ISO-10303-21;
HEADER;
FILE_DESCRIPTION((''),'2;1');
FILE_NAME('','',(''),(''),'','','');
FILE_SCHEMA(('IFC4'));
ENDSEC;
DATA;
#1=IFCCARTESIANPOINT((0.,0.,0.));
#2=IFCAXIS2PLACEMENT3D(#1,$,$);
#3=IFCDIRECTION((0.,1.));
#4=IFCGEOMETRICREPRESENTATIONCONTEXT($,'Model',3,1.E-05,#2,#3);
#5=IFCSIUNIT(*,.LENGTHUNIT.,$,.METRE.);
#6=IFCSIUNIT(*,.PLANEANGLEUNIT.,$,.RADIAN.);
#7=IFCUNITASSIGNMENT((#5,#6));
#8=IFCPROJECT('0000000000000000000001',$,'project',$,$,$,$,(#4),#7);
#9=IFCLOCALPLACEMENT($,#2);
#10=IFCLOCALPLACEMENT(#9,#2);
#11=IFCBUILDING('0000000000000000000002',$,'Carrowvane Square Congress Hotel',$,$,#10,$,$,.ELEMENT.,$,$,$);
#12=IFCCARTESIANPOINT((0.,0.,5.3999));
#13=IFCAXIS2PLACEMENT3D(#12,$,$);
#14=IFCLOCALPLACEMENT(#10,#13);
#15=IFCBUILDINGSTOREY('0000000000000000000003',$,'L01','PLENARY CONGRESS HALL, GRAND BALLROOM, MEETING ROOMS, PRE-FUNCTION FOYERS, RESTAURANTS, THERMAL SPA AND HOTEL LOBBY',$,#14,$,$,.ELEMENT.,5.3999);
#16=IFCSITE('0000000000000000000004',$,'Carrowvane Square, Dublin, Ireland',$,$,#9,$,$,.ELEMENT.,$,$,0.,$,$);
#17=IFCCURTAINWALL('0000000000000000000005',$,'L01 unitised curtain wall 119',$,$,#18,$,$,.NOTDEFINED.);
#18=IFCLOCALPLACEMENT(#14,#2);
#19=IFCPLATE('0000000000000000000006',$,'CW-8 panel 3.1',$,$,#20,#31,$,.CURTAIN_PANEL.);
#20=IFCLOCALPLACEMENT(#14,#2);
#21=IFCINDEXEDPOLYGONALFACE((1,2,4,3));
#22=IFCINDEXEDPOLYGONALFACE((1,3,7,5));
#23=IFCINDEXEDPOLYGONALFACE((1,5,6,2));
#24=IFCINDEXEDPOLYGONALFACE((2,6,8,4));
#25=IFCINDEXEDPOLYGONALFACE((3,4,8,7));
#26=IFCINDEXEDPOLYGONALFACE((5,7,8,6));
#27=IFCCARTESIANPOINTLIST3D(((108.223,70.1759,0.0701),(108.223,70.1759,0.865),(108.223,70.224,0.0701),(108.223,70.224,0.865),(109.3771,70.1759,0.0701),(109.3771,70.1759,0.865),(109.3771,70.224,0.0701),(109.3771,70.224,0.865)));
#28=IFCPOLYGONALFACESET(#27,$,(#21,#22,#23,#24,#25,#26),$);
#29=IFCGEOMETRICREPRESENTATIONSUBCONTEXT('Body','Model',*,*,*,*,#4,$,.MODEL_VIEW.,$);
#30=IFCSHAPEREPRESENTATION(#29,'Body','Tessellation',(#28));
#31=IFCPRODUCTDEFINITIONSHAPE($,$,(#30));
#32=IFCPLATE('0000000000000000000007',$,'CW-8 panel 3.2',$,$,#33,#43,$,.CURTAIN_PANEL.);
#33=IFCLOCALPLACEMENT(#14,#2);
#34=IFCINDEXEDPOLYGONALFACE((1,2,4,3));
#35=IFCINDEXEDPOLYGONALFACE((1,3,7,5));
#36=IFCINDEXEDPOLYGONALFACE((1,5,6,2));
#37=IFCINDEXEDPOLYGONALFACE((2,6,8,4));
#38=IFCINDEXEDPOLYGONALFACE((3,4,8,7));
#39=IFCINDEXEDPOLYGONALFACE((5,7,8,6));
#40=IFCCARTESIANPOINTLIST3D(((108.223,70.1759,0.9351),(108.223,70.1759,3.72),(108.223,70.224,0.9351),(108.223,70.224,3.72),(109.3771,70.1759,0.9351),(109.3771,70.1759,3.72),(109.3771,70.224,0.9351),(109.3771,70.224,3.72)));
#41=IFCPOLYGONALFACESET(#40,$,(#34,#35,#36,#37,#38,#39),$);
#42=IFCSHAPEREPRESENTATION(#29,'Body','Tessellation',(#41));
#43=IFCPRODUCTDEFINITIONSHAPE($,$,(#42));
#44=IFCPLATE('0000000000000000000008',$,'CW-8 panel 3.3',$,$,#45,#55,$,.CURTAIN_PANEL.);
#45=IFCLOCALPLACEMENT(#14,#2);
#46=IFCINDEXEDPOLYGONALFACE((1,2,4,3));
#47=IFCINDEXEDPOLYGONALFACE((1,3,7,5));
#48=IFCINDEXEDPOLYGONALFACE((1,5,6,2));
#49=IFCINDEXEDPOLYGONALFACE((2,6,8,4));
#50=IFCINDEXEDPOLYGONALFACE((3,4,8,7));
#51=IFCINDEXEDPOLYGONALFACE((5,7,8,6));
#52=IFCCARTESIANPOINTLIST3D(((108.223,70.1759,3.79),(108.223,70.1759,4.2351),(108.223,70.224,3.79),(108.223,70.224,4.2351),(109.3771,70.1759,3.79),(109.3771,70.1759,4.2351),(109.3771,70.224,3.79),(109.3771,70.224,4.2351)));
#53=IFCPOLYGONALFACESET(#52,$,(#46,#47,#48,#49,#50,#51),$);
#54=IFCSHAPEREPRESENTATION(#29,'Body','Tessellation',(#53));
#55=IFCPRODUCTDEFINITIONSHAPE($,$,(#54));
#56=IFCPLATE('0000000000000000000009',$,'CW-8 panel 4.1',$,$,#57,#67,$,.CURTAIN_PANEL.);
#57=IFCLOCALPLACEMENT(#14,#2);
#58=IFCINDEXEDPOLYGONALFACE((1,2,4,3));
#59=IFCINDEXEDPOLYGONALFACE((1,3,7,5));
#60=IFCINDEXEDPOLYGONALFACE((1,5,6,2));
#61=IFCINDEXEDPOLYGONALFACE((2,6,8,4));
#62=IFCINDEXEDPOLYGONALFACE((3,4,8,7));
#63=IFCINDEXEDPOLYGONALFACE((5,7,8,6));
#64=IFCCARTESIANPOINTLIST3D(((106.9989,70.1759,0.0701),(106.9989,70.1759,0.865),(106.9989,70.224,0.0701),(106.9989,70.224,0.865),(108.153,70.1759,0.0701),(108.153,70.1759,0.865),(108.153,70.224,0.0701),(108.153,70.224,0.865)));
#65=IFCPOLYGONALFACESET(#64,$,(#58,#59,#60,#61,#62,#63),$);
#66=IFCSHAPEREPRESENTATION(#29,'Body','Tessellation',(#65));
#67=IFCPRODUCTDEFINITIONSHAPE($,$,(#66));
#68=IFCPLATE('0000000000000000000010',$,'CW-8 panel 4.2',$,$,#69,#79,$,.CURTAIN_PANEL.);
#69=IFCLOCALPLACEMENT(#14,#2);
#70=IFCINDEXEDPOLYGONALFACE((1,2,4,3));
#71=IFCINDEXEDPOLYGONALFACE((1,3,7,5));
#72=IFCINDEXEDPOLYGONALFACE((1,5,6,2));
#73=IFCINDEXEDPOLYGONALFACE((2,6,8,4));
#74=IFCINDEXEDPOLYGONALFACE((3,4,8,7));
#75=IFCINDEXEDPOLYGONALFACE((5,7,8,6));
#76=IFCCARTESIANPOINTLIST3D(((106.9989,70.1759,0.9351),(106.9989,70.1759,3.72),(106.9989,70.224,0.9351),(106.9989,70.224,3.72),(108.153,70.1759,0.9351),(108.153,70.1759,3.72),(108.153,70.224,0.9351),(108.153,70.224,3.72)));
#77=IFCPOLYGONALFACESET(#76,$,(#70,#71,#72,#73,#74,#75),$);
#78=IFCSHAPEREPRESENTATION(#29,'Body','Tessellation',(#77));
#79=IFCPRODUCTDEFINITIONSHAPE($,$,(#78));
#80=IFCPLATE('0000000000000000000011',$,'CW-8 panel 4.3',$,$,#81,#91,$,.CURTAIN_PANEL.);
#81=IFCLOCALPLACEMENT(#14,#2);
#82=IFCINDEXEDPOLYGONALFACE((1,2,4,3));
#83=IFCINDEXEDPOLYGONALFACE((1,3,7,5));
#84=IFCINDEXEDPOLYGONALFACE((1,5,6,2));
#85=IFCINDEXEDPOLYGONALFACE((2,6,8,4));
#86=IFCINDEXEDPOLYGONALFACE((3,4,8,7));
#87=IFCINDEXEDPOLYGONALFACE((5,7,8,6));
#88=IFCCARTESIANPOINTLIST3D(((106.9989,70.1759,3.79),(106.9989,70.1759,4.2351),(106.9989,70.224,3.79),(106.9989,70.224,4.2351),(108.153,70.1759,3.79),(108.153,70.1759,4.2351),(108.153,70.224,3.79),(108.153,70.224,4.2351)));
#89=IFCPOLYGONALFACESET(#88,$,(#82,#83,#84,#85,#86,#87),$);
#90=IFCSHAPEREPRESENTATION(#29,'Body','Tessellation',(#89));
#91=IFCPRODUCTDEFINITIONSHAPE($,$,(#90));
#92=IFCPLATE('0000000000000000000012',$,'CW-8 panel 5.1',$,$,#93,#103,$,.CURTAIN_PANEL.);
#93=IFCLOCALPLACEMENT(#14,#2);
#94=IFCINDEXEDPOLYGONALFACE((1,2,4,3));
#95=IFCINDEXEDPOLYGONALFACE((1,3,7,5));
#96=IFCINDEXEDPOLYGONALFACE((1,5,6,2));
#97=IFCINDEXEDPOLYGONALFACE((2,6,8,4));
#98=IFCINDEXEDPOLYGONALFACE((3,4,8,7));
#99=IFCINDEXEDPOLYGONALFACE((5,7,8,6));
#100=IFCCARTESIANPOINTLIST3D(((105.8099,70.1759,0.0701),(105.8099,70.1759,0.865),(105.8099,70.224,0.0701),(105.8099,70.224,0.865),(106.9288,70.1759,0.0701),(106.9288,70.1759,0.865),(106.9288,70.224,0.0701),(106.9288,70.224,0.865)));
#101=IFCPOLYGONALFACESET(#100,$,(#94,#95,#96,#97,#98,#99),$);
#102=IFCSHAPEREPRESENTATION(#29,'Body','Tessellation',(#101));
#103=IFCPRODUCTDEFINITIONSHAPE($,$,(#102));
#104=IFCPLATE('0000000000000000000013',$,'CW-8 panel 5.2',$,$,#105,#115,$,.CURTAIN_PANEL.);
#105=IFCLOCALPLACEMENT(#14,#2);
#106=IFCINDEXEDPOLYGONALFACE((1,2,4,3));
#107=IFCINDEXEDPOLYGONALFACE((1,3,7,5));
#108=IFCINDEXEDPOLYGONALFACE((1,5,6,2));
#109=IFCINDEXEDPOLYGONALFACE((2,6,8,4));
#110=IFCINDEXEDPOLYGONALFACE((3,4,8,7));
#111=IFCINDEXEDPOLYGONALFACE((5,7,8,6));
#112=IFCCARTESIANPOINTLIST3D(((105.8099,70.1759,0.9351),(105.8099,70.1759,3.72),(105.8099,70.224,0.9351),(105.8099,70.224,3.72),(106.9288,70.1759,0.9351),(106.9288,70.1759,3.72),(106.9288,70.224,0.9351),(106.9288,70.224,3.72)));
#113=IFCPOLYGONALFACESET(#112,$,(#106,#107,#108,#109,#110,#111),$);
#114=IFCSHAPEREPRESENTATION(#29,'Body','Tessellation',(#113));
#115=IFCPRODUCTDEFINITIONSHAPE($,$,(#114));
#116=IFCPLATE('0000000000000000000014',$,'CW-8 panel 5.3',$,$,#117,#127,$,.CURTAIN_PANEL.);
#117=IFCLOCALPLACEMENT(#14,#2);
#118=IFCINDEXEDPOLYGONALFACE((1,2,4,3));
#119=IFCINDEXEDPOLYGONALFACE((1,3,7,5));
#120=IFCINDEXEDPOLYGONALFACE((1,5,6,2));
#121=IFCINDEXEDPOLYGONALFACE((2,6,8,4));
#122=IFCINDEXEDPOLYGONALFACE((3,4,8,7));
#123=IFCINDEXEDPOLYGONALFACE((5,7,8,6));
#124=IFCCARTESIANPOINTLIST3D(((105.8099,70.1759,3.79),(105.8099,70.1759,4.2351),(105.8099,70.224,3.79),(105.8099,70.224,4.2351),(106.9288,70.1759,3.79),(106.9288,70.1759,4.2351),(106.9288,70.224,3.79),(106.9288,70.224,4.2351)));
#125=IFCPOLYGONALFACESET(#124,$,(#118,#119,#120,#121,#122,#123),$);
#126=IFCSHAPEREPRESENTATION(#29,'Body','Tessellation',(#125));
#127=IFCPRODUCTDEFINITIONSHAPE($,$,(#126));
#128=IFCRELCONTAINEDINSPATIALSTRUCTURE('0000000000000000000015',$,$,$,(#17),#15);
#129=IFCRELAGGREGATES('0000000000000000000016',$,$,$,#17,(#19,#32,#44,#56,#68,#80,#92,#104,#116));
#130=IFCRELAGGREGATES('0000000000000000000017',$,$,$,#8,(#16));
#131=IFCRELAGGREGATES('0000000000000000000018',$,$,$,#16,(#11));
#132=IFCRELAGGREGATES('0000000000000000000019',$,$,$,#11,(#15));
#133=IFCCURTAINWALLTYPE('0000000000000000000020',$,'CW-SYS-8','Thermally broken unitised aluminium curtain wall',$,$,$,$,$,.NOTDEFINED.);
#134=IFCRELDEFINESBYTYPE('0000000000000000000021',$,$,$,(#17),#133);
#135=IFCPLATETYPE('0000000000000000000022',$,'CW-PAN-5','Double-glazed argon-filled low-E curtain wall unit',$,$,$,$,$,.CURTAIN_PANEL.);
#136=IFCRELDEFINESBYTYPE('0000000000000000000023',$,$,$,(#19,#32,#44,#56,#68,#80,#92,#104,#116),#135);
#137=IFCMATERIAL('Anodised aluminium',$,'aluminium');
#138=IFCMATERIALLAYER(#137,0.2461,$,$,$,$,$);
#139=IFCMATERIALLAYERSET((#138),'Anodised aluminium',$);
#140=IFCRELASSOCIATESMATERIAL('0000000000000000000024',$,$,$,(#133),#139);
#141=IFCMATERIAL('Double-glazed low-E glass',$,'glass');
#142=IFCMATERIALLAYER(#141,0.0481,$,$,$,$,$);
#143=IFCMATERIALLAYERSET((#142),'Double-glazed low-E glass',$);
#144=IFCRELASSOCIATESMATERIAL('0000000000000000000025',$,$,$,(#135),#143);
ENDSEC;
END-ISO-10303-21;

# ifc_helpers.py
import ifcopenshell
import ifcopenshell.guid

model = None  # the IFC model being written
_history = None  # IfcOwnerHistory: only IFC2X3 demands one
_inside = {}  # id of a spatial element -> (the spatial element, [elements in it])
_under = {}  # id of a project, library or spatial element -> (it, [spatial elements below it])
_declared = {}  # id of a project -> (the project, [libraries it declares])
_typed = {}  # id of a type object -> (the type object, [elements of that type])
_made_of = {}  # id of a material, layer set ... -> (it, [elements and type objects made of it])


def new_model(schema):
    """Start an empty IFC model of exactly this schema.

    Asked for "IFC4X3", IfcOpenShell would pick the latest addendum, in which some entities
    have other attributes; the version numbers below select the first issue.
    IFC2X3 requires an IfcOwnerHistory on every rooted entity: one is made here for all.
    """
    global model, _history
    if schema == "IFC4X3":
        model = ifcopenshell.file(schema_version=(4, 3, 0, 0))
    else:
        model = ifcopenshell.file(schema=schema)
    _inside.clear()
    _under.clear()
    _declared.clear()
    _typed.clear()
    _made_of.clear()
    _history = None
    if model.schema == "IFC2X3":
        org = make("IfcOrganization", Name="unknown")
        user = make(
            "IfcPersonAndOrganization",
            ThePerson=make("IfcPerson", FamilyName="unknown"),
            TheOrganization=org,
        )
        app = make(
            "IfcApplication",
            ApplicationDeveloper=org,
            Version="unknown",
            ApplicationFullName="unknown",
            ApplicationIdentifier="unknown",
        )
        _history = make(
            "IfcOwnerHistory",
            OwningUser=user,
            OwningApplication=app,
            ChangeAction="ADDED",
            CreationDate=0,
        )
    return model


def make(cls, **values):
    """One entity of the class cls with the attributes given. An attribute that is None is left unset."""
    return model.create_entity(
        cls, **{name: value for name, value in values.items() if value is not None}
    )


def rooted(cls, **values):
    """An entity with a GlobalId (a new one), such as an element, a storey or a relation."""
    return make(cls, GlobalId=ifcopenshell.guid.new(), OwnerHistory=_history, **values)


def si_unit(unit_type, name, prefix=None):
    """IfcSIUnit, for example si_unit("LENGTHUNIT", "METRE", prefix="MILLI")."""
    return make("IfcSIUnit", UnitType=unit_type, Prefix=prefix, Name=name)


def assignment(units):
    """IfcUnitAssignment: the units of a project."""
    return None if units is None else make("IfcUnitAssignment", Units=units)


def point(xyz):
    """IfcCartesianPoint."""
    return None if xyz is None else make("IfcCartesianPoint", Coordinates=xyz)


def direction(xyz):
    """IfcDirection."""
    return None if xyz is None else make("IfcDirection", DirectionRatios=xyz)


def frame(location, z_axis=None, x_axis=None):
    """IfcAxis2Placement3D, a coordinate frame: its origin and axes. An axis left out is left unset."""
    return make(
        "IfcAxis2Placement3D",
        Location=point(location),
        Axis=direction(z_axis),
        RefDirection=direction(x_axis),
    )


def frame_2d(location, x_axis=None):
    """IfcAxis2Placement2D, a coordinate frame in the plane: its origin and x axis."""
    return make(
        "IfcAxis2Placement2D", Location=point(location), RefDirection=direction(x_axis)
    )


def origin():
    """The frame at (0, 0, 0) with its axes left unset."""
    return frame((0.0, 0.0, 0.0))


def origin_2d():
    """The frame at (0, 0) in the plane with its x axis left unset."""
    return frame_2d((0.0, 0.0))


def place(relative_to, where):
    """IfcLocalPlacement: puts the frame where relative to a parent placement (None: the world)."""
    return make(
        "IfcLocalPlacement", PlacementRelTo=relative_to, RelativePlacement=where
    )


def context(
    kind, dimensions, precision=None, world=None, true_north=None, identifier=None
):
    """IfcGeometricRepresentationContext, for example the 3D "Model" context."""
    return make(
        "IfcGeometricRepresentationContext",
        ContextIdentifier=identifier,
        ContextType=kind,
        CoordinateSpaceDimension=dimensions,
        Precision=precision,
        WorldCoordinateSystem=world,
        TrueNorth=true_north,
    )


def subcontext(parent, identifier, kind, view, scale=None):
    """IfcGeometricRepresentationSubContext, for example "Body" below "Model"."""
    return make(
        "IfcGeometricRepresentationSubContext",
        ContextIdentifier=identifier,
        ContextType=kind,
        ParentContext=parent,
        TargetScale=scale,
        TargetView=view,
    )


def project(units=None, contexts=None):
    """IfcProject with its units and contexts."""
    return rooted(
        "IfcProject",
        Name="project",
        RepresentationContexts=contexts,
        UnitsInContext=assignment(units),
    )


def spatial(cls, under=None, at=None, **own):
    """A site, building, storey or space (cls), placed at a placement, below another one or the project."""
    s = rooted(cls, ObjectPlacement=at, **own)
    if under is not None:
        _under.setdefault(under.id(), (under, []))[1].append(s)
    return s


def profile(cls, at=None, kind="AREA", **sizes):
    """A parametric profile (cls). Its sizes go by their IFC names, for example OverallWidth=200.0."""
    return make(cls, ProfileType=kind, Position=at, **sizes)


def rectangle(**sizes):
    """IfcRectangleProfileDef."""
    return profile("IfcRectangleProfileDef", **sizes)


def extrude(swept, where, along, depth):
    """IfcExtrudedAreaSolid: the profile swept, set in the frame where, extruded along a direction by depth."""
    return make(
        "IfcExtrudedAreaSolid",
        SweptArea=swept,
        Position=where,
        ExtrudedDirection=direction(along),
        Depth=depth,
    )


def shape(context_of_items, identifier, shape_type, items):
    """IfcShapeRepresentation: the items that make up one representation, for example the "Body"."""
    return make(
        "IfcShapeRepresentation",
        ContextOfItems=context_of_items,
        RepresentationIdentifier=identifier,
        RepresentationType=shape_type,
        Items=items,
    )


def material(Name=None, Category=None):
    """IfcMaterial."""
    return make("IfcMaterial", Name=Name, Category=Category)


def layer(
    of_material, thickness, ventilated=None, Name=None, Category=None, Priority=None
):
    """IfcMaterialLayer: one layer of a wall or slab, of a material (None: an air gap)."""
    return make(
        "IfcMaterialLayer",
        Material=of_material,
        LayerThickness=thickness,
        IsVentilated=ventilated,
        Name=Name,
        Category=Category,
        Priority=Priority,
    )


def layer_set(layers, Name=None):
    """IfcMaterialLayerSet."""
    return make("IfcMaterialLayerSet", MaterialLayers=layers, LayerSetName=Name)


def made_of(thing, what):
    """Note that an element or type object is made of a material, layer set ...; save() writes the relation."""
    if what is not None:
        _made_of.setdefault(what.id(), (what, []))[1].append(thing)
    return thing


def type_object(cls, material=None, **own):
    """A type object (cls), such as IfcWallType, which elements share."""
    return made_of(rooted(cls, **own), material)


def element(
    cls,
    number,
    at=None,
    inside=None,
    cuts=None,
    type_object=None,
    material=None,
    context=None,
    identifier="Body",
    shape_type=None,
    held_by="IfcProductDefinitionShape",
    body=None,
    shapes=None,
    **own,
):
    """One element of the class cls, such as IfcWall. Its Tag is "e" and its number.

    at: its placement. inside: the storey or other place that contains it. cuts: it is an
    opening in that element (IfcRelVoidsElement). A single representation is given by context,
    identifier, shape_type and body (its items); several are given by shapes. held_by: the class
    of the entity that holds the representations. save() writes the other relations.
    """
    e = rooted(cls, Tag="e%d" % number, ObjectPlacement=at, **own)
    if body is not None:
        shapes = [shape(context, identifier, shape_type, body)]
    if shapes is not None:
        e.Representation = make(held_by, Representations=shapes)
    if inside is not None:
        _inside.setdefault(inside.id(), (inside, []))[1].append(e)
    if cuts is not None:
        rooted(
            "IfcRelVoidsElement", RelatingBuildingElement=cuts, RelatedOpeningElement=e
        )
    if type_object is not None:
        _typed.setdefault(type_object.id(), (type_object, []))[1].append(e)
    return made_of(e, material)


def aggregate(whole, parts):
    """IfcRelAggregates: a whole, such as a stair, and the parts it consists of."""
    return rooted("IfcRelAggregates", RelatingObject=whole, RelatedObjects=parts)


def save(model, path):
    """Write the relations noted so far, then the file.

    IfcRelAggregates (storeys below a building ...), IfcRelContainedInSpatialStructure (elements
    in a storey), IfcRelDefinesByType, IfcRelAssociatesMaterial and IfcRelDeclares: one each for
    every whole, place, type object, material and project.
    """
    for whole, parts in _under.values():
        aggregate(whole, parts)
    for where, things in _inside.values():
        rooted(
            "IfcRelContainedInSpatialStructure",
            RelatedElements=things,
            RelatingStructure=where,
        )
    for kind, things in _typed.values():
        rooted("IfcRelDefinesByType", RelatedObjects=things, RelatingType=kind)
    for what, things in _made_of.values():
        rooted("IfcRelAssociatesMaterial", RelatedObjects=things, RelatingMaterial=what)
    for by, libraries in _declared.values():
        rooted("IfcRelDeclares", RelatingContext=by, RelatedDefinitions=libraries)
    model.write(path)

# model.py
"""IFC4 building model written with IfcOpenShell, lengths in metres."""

from ifc_helpers import new_model, si_unit, direction, frame, origin, origin_2d, place, context, subcontext, project, spatial, rectangle, extrude, material, layer, layer_set, type_object, element, aggregate, save


model = new_model("IFC4")

# Units and contexts
model_context = context("Model", 3, precision=1e-05, world=origin(), true_north=direction((0.0, 1.0)))
body_context = subcontext(model_context, "Body", "Model", "MODEL_VIEW")
ifc_project = project(units=[si_unit("LENGTHUNIT", "METRE"), si_unit("PLANEANGLEUNIT", "RADIAN")], contexts=[model_context])

# Site, building, storey
site_placement = place(None, origin())
site = spatial("IfcSite", under=ifc_project, at=site_placement, Name="Carrowvane Square, Dublin, Ireland", CompositionType="ELEMENT", RefElevation=0.0)
building_placement = place(site_placement, origin())
building = spatial("IfcBuilding", under=site, at=building_placement, Name="Carrowvane Square Congress Hotel", CompositionType="ELEMENT")
storey_placement = place(building_placement, frame((0.0, 0.0, 5.3999)))
storey = spatial("IfcBuildingStorey", under=building, at=storey_placement, Name="L01", Description="PLENARY CONGRESS HALL, GRAND BALLROOM, MEETING ROOMS, PRE-FUNCTION FOYERS, RESTAURANTS, THERMAL SPA AND HOTEL LOBBY", CompositionType="ELEMENT", Elevation=5.3999)

# Curtain wall, plates
ifc_material_1 = material(Name="Anodised aluminium", Category="aluminium")
ifc_layer_1 = layer(ifc_material_1, 0.2461)
ifc_layer_set_1 = layer_set([ifc_layer_1], Name="Anodised aluminium")
curtain_wall_type = type_object("IfcCurtainWallType", Name="CW-SYS-8", Description="Thermally broken unitised aluminium curtain wall", PredefinedType="NOTDEFINED", material=ifc_layer_set_1)
curtain_wall_placement = place(storey_placement, origin())
curtain_wall = element("IfcCurtainWall", 1, at=curtain_wall_placement, inside=storey, type_object=curtain_wall_type, Name="L01 unitised curtain wall 119", PredefinedType="NOTDEFINED")
ifc_material_2 = material(Name="Double-glazed low-E glass", Category="glass")
ifc_layer_2 = layer(ifc_material_2, 0.0481)
ifc_layer_set_2 = layer_set([ifc_layer_2], Name="Double-glazed low-E glass")
plate_type = type_object("IfcPlateType", Name="CW-PAN-5", Description="Double-glazed argon-filled low-E curtain wall unit", PredefinedType="CURTAIN_PANEL", material=ifc_layer_set_2)
plate_1_placement = place(storey_placement, frame((108.8, 70.2, 0.0701), z_axis=(0.0, 0.0, 1.0), x_axis=(-1.0, 0.0, 0.0)))
plate_1 = element("IfcPlate", 2, at=plate_1_placement, type_object=plate_type, Name="CW-8 panel 3.1", PredefinedType="CURTAIN_PANEL", context=body_context, shape_type="SweptSolid", body=[
    extrude(rectangle(XDim=1.1541, YDim=0.0481, at=origin_2d()), origin(), (0.0, 0.0, 1.0), 0.7949),
])
plate_2_placement = place(storey_placement, frame((108.8, 70.2, 0.9351), z_axis=(0.0, 0.0, 1.0), x_axis=(-1.0, 0.0, 0.0)))
plate_2 = element("IfcPlate", 3, at=plate_2_placement, type_object=plate_type, Name="CW-8 panel 3.2", PredefinedType="CURTAIN_PANEL", context=body_context, shape_type="SweptSolid", body=[
    extrude(rectangle(XDim=1.1541, YDim=0.0481, at=origin_2d()), origin(), (0.0, 0.0, 1.0), 2.7849),
])
plate_3_placement = place(storey_placement, frame((108.8, 70.2, 3.79), z_axis=(0.0, 0.0, 1.0), x_axis=(-1.0, 0.0, 0.0)))
plate_3 = element("IfcPlate", 4, at=plate_3_placement, type_object=plate_type, Name="CW-8 panel 3.3", PredefinedType="CURTAIN_PANEL", context=body_context, shape_type="SweptSolid", body=[
    extrude(rectangle(XDim=1.1541, YDim=0.0481, at=origin_2d()), origin(), (0.0, 0.0, 1.0), 0.4451),
])
plate_4_placement = place(storey_placement, frame((107.5759, 70.2, 0.0701), z_axis=(0.0, 0.0, 1.0), x_axis=(-1.0, 0.0, 0.0)))
plate_4 = element("IfcPlate", 5, at=plate_4_placement, type_object=plate_type, Name="CW-8 panel 4.1", PredefinedType="CURTAIN_PANEL", context=body_context, shape_type="SweptSolid", body=[
    extrude(rectangle(XDim=1.1541, YDim=0.0481, at=origin_2d()), origin(), (0.0, 0.0, 1.0), 0.7949),
])
plate_5_placement = place(storey_placement, frame((107.5759, 70.2, 0.9351), z_axis=(0.0, 0.0, 1.0), x_axis=(-1.0, 0.0, 0.0)))
plate_5 = element("IfcPlate", 6, at=plate_5_placement, type_object=plate_type, Name="CW-8 panel 4.2", PredefinedType="CURTAIN_PANEL", context=body_context, shape_type="SweptSolid", body=[
    extrude(rectangle(XDim=1.1541, YDim=0.0481, at=origin_2d()), origin(), (0.0, 0.0, 1.0), 2.7849),
])
plate_6_placement = place(storey_placement, frame((107.5759, 70.2, 3.79), z_axis=(0.0, 0.0, 1.0), x_axis=(-1.0, 0.0, 0.0)))
plate_6 = element("IfcPlate", 7, at=plate_6_placement, type_object=plate_type, Name="CW-8 panel 4.3", PredefinedType="CURTAIN_PANEL", context=body_context, shape_type="SweptSolid", body=[
    extrude(rectangle(XDim=1.1541, YDim=0.0481, at=origin_2d()), origin(), (0.0, 0.0, 1.0), 0.4451),
])
plate_7_placement = place(storey_placement, frame((106.3694, 70.2, 0.0701), z_axis=(0.0, 0.0, 1.0), x_axis=(-1.0, 0.0, 0.0)))
plate_7 = element("IfcPlate", 8, at=plate_7_placement, type_object=plate_type, Name="CW-8 panel 5.1", PredefinedType="CURTAIN_PANEL", context=body_context, shape_type="SweptSolid", body=[
    extrude(rectangle(XDim=1.1189, YDim=0.0481, at=origin_2d()), origin(), (0.0, 0.0, 1.0), 0.7949),
])
plate_8_placement = place(storey_placement, frame((106.3694, 70.2, 0.9351), z_axis=(0.0, 0.0, 1.0), x_axis=(-1.0, 0.0, 0.0)))
plate_8 = element("IfcPlate", 9, at=plate_8_placement, type_object=plate_type, Name="CW-8 panel 5.2", PredefinedType="CURTAIN_PANEL", context=body_context, shape_type="SweptSolid", body=[
    extrude(rectangle(XDim=1.1189, YDim=0.0481, at=origin_2d()), origin(), (0.0, 0.0, 1.0), 2.7849),
])
plate_9_placement = place(storey_placement, frame((106.3694, 70.2, 3.79), z_axis=(0.0, 0.0, 1.0), x_axis=(-1.0, 0.0, 0.0)))
plate_9 = element("IfcPlate", 10, at=plate_9_placement, type_object=plate_type, Name="CW-8 panel 5.3", PredefinedType="CURTAIN_PANEL", context=body_context, shape_type="SweptSolid", body=[
    extrude(rectangle(XDim=1.1189, YDim=0.0481, at=origin_2d()), origin(), (0.0, 0.0, 1.0), 0.4451),
])
aggregate(curtain_wall, [plate_1, plate_2, plate_3, plate_4, plate_5, plate_6, plate_7, plate_8, plate_9])

save(model, "model.ifc")
